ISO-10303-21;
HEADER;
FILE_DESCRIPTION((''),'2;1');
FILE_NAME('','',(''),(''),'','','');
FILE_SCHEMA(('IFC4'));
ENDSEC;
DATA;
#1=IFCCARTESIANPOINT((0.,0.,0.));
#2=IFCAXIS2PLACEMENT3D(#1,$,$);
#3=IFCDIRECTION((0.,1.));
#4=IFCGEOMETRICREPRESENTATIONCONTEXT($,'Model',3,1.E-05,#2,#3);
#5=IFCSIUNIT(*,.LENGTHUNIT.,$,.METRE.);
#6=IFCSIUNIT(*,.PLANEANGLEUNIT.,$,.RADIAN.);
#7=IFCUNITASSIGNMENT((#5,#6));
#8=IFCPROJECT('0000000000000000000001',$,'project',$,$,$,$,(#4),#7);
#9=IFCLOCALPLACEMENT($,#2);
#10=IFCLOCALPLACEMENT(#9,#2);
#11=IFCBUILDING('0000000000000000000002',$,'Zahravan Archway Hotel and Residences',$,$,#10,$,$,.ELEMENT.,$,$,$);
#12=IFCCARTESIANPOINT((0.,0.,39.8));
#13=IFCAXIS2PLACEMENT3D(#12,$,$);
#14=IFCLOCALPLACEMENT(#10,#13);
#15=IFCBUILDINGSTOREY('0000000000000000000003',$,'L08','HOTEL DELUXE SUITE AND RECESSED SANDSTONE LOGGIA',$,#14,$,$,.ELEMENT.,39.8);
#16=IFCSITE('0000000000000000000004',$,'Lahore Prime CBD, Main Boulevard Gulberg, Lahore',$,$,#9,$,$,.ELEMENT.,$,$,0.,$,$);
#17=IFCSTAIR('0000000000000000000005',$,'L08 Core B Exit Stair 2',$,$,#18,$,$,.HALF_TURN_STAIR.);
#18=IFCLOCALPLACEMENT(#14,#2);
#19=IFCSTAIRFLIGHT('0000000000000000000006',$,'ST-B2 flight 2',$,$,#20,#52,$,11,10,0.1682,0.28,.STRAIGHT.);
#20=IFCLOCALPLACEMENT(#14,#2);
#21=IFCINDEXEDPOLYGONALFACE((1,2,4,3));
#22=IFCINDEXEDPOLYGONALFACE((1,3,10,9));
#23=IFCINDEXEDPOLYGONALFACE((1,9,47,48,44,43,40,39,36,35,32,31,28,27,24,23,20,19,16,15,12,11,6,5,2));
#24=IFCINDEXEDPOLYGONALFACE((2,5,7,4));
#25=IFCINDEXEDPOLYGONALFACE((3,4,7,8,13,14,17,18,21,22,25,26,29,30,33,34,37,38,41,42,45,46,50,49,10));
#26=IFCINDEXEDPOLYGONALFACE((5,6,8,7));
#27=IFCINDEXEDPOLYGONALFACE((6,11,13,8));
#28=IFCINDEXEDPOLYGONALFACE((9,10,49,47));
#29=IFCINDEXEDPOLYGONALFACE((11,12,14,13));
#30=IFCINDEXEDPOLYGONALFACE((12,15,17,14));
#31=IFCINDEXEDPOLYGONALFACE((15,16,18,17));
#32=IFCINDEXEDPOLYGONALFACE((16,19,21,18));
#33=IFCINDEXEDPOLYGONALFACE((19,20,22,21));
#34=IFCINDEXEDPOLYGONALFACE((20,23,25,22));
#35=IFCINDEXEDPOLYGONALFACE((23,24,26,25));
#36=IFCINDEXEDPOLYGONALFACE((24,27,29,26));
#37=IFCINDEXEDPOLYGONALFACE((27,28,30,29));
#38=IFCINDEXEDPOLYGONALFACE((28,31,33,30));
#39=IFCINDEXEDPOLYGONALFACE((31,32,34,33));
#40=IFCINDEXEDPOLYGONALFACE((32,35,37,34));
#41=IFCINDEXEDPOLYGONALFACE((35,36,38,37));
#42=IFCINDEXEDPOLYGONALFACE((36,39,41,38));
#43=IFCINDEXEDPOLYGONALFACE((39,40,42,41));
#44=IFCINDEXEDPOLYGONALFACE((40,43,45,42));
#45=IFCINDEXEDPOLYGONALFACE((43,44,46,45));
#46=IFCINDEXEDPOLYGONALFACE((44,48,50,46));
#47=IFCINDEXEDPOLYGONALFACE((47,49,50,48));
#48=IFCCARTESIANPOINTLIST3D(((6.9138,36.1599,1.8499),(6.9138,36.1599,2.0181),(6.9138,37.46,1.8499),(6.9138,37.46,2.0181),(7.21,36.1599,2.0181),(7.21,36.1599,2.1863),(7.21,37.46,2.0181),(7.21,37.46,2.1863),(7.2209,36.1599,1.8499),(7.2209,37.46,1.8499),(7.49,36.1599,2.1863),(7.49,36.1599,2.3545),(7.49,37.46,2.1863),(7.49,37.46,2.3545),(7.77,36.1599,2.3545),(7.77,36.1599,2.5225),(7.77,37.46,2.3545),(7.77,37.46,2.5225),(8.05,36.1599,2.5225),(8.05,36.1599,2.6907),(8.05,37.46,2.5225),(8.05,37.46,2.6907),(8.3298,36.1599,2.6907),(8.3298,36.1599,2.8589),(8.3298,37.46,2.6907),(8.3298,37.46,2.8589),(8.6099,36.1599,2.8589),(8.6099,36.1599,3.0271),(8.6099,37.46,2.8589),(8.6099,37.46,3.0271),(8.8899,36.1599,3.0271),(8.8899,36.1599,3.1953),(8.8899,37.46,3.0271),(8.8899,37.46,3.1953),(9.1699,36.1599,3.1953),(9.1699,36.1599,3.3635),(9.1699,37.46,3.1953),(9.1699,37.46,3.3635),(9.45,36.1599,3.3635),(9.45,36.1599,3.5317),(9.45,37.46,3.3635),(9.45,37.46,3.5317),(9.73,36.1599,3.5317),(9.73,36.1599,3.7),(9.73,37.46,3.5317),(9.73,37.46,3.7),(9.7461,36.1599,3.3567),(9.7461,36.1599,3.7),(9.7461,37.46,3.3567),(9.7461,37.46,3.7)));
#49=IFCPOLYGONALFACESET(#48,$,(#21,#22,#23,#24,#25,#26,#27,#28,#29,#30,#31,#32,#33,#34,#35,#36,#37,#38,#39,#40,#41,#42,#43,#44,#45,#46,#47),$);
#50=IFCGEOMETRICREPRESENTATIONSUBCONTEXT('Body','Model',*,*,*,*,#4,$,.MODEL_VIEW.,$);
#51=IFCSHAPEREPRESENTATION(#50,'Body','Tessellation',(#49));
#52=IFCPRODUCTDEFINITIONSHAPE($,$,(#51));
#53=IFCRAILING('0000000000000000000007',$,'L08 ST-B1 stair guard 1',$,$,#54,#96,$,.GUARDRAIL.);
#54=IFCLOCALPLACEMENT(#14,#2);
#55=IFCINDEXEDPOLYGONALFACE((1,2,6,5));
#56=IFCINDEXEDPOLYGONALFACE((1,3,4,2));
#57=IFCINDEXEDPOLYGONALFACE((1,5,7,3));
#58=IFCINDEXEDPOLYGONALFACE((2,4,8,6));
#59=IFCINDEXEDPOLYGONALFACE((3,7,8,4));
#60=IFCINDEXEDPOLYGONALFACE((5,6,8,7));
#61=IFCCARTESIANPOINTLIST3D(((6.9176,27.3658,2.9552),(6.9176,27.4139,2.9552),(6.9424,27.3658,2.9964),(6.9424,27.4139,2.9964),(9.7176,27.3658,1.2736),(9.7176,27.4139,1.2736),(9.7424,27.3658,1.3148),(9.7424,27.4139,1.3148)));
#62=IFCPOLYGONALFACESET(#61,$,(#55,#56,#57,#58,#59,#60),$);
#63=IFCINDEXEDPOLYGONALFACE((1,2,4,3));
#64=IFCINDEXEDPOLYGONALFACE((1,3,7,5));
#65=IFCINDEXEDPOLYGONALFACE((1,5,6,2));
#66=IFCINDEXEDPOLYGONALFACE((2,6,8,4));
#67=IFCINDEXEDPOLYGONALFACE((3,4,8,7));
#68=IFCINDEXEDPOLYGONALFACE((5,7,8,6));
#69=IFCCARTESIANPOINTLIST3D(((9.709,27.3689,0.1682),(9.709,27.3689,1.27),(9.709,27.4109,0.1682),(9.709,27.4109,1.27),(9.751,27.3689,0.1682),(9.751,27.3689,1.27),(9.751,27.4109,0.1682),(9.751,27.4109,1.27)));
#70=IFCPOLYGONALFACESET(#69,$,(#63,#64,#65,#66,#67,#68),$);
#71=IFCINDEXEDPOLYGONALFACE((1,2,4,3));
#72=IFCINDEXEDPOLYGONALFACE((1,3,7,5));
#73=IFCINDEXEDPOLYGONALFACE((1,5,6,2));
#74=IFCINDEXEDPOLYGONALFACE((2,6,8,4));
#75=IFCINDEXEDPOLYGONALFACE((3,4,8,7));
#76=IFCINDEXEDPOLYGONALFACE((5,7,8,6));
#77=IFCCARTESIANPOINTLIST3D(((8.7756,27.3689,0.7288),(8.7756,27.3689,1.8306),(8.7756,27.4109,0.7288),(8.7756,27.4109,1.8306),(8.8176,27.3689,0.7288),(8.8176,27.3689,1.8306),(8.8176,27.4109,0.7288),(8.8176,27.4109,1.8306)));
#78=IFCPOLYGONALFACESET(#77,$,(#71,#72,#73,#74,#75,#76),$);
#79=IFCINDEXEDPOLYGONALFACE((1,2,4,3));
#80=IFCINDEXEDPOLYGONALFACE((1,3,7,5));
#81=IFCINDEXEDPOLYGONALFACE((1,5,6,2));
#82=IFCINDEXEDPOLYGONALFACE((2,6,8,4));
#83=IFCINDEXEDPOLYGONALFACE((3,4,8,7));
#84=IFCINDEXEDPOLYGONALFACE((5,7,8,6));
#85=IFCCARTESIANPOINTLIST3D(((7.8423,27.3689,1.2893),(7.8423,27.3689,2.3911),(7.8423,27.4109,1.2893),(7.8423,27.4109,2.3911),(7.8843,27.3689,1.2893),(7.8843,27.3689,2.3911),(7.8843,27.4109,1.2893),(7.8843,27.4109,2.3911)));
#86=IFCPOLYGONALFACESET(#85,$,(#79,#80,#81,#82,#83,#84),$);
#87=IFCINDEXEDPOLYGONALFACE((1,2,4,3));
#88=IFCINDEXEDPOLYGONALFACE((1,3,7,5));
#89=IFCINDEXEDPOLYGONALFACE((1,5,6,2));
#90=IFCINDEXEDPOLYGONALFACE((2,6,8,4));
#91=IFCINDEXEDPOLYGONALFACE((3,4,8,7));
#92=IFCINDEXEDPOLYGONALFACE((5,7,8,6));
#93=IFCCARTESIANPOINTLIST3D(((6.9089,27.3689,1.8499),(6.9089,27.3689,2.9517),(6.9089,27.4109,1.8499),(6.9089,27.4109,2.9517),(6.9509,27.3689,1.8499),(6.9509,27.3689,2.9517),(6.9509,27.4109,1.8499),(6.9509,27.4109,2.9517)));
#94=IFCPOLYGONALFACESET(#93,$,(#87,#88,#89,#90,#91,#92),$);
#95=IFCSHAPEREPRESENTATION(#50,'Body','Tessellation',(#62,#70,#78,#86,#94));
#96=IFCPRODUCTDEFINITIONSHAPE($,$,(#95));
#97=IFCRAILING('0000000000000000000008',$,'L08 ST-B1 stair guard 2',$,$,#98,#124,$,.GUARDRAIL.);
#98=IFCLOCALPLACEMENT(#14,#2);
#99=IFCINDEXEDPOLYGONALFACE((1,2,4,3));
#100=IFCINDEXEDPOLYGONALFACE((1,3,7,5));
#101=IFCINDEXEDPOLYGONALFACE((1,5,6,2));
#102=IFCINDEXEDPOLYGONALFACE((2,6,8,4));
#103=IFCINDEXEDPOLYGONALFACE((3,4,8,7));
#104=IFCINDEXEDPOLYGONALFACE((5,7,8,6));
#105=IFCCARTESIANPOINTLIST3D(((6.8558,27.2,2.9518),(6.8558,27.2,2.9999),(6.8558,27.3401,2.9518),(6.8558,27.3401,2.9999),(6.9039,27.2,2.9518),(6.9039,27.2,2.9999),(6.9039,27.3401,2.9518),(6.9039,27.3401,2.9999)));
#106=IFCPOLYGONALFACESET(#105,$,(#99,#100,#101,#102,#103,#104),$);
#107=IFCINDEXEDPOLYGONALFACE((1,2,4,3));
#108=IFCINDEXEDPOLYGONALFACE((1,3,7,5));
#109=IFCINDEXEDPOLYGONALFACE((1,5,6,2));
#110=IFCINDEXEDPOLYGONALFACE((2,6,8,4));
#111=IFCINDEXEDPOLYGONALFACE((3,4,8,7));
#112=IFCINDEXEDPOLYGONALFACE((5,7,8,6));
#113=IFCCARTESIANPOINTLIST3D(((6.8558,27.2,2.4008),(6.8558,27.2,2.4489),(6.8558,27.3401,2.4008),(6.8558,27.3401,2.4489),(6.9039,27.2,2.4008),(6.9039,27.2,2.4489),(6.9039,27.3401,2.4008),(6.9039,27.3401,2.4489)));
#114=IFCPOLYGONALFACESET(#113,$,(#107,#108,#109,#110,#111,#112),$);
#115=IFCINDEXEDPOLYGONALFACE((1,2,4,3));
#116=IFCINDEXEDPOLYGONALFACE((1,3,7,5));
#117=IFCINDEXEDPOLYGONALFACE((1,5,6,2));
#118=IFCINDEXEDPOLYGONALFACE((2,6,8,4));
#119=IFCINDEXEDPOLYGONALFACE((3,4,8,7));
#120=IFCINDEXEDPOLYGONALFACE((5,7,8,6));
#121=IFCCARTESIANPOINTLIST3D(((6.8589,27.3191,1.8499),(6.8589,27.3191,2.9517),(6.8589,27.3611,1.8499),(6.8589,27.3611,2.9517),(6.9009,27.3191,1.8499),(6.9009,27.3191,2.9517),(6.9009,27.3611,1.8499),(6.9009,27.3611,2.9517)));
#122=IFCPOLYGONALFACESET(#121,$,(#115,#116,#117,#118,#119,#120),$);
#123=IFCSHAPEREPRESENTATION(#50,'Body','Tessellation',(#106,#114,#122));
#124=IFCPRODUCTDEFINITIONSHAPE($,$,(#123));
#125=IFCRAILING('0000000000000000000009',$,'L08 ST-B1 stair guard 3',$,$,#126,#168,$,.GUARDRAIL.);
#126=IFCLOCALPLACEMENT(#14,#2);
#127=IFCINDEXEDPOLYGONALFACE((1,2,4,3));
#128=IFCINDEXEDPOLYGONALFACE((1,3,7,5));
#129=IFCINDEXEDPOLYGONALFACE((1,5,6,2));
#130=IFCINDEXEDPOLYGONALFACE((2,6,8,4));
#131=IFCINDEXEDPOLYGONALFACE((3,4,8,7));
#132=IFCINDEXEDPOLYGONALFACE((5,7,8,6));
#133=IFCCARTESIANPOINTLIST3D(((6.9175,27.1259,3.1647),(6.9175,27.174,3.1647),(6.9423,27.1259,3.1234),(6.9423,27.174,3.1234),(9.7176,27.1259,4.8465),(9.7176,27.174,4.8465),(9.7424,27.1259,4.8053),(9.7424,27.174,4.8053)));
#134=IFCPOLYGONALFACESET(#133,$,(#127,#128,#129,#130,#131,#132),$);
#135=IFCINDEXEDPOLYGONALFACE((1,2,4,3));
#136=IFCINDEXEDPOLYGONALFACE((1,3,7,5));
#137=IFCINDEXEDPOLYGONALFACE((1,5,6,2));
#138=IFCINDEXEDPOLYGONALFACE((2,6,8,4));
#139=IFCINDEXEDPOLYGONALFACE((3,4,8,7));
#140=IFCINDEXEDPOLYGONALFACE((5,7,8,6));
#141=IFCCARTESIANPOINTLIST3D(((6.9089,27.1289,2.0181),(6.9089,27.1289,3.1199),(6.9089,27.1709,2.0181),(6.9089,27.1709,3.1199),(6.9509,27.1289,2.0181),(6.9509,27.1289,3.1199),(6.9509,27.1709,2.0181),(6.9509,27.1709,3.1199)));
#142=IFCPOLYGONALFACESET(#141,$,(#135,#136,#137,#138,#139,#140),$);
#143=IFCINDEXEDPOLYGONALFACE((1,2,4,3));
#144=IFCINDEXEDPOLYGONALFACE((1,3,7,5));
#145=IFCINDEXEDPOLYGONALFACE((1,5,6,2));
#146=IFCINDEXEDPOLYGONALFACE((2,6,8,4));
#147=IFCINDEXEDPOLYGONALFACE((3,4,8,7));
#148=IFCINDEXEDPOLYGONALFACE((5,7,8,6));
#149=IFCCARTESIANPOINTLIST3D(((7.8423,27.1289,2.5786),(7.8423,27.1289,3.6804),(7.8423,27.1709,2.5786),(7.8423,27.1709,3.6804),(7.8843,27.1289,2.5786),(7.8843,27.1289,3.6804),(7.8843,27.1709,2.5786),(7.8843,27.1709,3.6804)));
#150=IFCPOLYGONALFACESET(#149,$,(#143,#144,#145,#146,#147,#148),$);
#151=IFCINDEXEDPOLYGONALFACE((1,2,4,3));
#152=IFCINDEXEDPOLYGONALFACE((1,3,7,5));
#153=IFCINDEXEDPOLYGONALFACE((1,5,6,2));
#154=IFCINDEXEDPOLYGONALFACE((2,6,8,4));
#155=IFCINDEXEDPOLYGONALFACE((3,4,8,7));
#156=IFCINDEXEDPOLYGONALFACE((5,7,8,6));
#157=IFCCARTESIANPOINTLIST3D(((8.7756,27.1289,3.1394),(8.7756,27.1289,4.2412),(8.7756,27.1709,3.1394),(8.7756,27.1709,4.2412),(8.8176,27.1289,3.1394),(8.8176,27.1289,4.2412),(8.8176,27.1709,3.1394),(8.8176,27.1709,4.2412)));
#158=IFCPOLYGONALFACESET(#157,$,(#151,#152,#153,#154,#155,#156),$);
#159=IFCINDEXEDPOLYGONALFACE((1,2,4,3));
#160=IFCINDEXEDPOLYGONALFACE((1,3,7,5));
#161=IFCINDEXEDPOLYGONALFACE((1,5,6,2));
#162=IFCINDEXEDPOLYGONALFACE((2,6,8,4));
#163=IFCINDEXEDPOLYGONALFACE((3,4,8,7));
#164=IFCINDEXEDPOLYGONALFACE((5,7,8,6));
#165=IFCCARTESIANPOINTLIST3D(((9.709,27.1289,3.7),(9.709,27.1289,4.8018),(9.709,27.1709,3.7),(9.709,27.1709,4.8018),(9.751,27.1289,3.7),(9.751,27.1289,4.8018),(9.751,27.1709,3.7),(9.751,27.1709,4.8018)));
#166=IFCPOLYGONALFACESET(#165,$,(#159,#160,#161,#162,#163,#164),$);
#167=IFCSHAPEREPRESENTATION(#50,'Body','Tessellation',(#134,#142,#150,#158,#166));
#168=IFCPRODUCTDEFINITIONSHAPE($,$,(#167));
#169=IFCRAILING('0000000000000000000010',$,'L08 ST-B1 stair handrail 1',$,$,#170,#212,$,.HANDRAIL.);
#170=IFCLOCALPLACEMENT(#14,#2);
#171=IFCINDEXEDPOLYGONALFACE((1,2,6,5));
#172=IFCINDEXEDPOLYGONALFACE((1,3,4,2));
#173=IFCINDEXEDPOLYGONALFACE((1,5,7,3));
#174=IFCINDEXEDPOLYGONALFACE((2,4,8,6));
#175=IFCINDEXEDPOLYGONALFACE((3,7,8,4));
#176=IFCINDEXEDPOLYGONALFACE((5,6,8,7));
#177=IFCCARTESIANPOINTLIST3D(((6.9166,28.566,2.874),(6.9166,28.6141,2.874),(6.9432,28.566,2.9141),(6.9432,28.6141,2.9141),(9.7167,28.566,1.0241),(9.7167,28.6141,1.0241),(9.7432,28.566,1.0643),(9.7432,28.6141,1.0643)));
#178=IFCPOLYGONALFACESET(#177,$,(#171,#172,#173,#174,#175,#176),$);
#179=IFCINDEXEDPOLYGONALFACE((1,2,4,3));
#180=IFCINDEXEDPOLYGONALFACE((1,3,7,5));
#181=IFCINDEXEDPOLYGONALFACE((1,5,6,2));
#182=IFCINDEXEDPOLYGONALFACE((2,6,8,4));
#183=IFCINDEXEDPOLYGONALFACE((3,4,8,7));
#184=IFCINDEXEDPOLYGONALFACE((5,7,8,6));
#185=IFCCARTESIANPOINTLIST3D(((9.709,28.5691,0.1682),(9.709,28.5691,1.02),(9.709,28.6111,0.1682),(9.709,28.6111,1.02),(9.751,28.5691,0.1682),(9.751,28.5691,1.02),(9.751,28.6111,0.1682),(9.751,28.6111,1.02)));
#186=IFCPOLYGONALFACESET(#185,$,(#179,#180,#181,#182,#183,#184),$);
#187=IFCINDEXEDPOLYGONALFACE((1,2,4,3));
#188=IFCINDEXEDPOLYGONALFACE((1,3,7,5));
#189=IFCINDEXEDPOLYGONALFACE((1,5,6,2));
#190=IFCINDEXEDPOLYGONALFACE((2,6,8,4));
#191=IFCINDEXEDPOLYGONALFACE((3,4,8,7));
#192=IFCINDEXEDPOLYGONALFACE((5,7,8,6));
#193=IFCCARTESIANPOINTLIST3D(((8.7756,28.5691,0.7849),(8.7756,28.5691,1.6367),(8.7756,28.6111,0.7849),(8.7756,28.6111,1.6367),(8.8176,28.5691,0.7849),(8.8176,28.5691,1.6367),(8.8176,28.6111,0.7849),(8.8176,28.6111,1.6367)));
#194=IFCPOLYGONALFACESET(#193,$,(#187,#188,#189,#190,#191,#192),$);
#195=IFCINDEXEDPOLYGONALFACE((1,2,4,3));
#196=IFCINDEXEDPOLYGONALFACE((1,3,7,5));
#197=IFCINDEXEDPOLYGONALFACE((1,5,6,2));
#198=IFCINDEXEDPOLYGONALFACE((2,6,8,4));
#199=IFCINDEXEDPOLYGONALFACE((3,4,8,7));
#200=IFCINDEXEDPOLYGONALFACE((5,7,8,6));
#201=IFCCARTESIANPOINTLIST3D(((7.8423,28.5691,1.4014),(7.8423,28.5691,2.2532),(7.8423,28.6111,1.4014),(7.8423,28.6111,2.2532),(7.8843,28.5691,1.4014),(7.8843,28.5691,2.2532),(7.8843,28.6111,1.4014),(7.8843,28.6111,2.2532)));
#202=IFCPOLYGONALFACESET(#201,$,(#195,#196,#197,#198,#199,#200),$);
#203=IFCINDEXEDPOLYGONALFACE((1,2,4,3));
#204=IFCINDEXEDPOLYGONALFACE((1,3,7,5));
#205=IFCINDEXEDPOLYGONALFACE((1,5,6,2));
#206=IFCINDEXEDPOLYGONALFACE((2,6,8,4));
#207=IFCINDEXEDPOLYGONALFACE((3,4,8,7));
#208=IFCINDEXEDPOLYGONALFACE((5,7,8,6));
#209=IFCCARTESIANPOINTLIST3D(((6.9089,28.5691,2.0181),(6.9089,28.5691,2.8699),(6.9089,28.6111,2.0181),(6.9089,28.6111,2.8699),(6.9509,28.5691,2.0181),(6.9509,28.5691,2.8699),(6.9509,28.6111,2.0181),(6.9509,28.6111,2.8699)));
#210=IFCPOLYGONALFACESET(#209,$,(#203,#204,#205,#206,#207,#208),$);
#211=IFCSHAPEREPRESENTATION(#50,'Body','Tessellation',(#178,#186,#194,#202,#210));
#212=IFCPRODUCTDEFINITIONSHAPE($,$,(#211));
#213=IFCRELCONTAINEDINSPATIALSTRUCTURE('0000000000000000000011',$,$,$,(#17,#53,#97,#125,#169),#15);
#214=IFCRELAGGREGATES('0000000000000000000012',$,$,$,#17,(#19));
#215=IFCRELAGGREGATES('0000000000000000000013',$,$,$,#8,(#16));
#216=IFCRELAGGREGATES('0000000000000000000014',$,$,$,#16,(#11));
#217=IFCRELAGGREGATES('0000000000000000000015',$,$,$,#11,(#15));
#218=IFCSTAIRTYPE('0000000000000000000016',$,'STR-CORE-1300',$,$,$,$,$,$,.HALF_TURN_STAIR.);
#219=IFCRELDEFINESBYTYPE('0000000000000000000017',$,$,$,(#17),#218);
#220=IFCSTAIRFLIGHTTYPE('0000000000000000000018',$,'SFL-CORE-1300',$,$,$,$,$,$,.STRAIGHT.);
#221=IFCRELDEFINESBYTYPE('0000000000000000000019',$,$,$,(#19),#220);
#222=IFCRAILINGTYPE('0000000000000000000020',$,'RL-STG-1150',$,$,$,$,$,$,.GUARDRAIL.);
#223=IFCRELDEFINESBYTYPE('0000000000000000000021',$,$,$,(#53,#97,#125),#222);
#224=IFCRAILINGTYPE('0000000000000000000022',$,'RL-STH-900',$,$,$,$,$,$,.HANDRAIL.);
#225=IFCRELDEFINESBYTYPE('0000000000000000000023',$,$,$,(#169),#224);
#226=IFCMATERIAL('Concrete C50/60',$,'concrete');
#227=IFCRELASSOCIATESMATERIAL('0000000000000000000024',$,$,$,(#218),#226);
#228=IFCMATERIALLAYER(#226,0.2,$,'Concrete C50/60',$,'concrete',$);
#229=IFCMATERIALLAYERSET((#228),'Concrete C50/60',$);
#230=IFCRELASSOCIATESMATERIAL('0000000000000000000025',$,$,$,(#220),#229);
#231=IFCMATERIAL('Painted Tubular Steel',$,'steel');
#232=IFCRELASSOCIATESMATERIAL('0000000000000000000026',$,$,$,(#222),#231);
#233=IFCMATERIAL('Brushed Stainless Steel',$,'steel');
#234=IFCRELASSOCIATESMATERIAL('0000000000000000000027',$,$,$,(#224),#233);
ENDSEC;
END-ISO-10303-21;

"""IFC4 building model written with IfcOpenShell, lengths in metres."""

from ifc_helpers import new_model, si_unit, direction, frame, origin, origin_2d, place, context, subcontext, project, spatial, polyline, rectangle, outline, extrude, source, transform, mapped, material, layer, layer_set, type_object, element, aggregate, save


model = new_model("IFC4")

# Units and contexts
model_context = context("Model", 3, precision=1e-05, world=origin(), true_north=direction((0.0, 1.0)))
body_context = subcontext(model_context, "Body", "Model", "MODEL_VIEW")
ifc_project = project(units=[si_unit("LENGTHUNIT", "METRE"), si_unit("PLANEANGLEUNIT", "RADIAN")], contexts=[model_context])

# Site, building, storey
site_placement = place(None, origin())
site = spatial("IfcSite", under=ifc_project, at=site_placement, Name="Lahore Prime CBD, Main Boulevard Gulberg, Lahore", CompositionType="ELEMENT", RefElevation=0.0)
building_placement = place(site_placement, origin())
building = spatial("IfcBuilding", under=site, at=building_placement, Name="Zahravan Archway Hotel and Residences", CompositionType="ELEMENT")
storey_placement = place(building_placement, frame((0.0, 0.0, 39.8)))
storey = spatial("IfcBuildingStorey", under=building, at=storey_placement, Name="L08", Description="HOTEL DELUXE SUITE AND RECESSED SANDSTONE LOGGIA", CompositionType="ELEMENT", Elevation=39.8)

# Shared definitions
ifc_material_1 = material(Name="Brushed Stainless Steel", Category="steel")

# Shared definitions
ifc_material_2 = material(Name="Concrete C50/60", Category="concrete")

# Shared definitions
stair_type = type_object("IfcStairType", Name="STR-CORE-1300", PredefinedType="HALF_TURN_STAIR", material=ifc_material_2)
ifc_layer_1 = layer(ifc_material_2, 0.2, Name="Concrete C50/60", Category="concrete")
ifc_layer_set_1 = layer_set([ifc_layer_1], Name="Concrete C50/60")
stair_flight_type = type_object("IfcStairFlightType", Name="SFL-CORE-1300", PredefinedType="STRAIGHT", material=ifc_layer_set_1)
shared_shape_1 = source(origin(), body_context, "Body", "SweptSolid", [
    extrude(outline(polyline([(-0.0161, 0.0), (-0.0161, 0.1682), (0.28, 0.1682), (0.28, 0.3364), (0.5601, 0.3364), (0.5601, 0.5046), (0.8401, 0.5046), (0.8401, 0.6726), (1.1201, 0.6726), (1.1201, 0.8408), (1.3999, 0.8408), (1.3999, 1.009), (1.6799, 1.009), (1.6799, 1.1772), (1.96, 1.1772), (1.96, 1.3455), (2.24, 1.3455), (2.24, 1.5137), (2.52, 1.5137), (2.52, 1.6819), (2.8, 1.6819), (2.8, 1.8501), (2.8162, 1.8501), (2.8162, 1.5068), (0.291, 0.0), (-0.0161, 0.0)])), frame((0.0, 0.6499, 0.0), z_axis=(0.0, -1.0, 0.0), x_axis=(1.0, 0.0, 0.0)), (0.0, 0.0, 1.0), 1.3),
])

# Stair, stair flight
stair_1_placement = place(storey_placement, origin())
stair_1 = element("IfcStair", 1, at=stair_1_placement, inside=storey, type_object=stair_type, Name="L08 Core B Exit Stair 2", PredefinedType="HALF_TURN_STAIR")
stair_flight_1_placement = place(storey_placement, frame((6.9299, 36.8101, 1.8499), z_axis=(0.0, 0.0, 1.0), x_axis=(1.0, 0.0, 0.0)))
stair_flight_1 = element("IfcStairFlight", 2, at=stair_flight_1_placement, type_object=stair_flight_type, Name="ST-B2 flight 2", NumberOfRisers=11, NumberOfTreads=10, PredefinedType="STRAIGHT", RiserHeight=0.1682, TreadLength=0.28, context=body_context, shape_type="MappedRepresentation", body=[
    mapped(shared_shape_1, transform((0.0, 0.0, 0.0), scale=1.0)),
])
aggregate(stair_1, [stair_flight_1])

# Railings
ifc_material_3 = material(Name="Painted Tubular Steel", Category="steel")
railing_type_1 = type_object("IfcRailingType", Name="RL-STG-1150", PredefinedType="GUARDRAIL", material=ifc_material_3)
railing_1_placement = place(storey_placement, frame((9.73, 27.3899, 0.1682)))
element("IfcRailing", 3, at=railing_1_placement, inside=storey, type_object=railing_type_1, Name="L08 ST-B1 stair guard 1", PredefinedType="GUARDRAIL", context=body_context, shape_type="SweptSolid", body=[
    extrude(rectangle(XDim=0.0481, YDim=0.0481, at=origin_2d()), frame((0.0, 0.0, 1.126), z_axis=(-0.857275, 0.0, 0.514858), x_axis=(0.0, -1.0, 0.0)), (0.0, 0.0, 1.0), 3.2661),
    extrude(rectangle(XDim=0.042, YDim=0.042, at=origin_2d()), origin(), (0.0, 0.0, 1.0), 1.1018),
    extrude(rectangle(XDim=0.042, YDim=0.042, at=origin_2d()), frame((-0.9333, 0.0, 0.5605)), (0.0, 0.0, 1.0), 1.1018),
    extrude(rectangle(XDim=0.042, YDim=0.042, at=origin_2d()), frame((-1.8667, 0.0, 1.1211)), (0.0, 0.0, 1.0), 1.1018),
    extrude(rectangle(XDim=0.042, YDim=0.042, at=origin_2d()), frame((-2.8, 0.0, 1.6816)), (0.0, 0.0, 1.0), 1.1018),
])
railing_2_placement = place(storey_placement, frame((6.8799, 27.3401, 1.8499)))
element("IfcRailing", 4, at=railing_2_placement, inside=storey, type_object=railing_type_1, Name="L08 ST-B1 stair guard 2", PredefinedType="GUARDRAIL", context=body_context, shape_type="SweptSolid", body=[
    extrude(rectangle(XDim=0.0481, YDim=0.0481, at=origin_2d()), frame((0.0, 0.0, 1.126), z_axis=(0.0, -1.0, 0.0), x_axis=(1.0, 0.0, 0.0)), (0.0, 0.0, 1.0), 0.1401),
    extrude(rectangle(XDim=0.0481, YDim=0.0481, at=origin_2d()), frame((0.0, 0.0, 0.575), z_axis=(0.0, -1.0, 0.0), x_axis=(1.0, 0.0, 0.0)), (0.0, 0.0, 1.0), 0.1401),
    extrude(rectangle(XDim=0.042, YDim=0.042, at=origin_2d()), origin(), (0.0, 0.0, 1.0), 1.1018),
])
railing_3_placement = place(storey_placement, frame((6.9299, 27.1499, 2.0181)))
element("IfcRailing", 5, at=railing_3_placement, inside=storey, type_object=railing_type_1, Name="L08 ST-B1 stair guard 3", PredefinedType="GUARDRAIL", context=body_context, shape_type="SweptSolid", body=[
    extrude(rectangle(XDim=0.0481, YDim=0.0481, at=origin_2d()), frame((0.0, 0.0, 1.126), z_axis=(0.857242, 0.0, 0.514913), x_axis=(0.0, 1.0, 0.0)), (0.0, 0.0, 1.0), 3.2664),
    extrude(rectangle(XDim=0.042, YDim=0.042, at=origin_2d()), origin(), (0.0, 0.0, 1.0), 1.1018),
    extrude(rectangle(XDim=0.042, YDim=0.042, at=origin_2d()), frame((0.9333, 0.0, 0.5605)), (0.0, 0.0, 1.0), 1.1018),
    extrude(rectangle(XDim=0.042, YDim=0.042, at=origin_2d()), frame((1.8667, 0.0, 1.1213)), (0.0, 0.0, 1.0), 1.1018),
    extrude(rectangle(XDim=0.042, YDim=0.042, at=origin_2d()), frame((2.8, 0.0, 1.6819)), (0.0, 0.0, 1.0), 1.1018),
])
railing_type_2 = type_object("IfcRailingType", Name="RL-STH-900", PredefinedType="HANDRAIL", material=ifc_material_1)
railing_4_placement = place(storey_placement, frame((9.73, 28.5901, 0.1682)))
element("IfcRailing", 6, at=railing_4_placement, inside=storey, type_object=railing_type_2, Name="L08 ST-B1 stair handrail 1", PredefinedType="HANDRAIL", context=body_context, shape_type="SweptSolid", body=[
    extrude(rectangle(XDim=0.0481, YDim=0.0481, at=origin_2d()), frame((0.0, 0.0, 0.876), z_axis=(-0.83436, 0.0, 0.55122), x_axis=(0.0, -1.0, 0.0)), (0.0, 0.0, 1.0), 3.356),
    extrude(rectangle(XDim=0.042, YDim=0.042, at=origin_2d()), origin(), (0.0, 0.0, 1.0), 0.8518),
    extrude(rectangle(XDim=0.042, YDim=0.042, at=origin_2d()), frame((-0.9333, 0.0, 0.6167)), (0.0, 0.0, 1.0), 0.8518),
    extrude(rectangle(XDim=0.042, YDim=0.042, at=origin_2d()), frame((-1.8667, 0.0, 1.2332)), (0.0, 0.0, 1.0), 0.8518),
    extrude(rectangle(XDim=0.042, YDim=0.042, at=origin_2d()), frame((-2.8, 0.0, 1.8499)), (0.0, 0.0, 1.0), 0.8518),
])

save(model, "model.ifc")
